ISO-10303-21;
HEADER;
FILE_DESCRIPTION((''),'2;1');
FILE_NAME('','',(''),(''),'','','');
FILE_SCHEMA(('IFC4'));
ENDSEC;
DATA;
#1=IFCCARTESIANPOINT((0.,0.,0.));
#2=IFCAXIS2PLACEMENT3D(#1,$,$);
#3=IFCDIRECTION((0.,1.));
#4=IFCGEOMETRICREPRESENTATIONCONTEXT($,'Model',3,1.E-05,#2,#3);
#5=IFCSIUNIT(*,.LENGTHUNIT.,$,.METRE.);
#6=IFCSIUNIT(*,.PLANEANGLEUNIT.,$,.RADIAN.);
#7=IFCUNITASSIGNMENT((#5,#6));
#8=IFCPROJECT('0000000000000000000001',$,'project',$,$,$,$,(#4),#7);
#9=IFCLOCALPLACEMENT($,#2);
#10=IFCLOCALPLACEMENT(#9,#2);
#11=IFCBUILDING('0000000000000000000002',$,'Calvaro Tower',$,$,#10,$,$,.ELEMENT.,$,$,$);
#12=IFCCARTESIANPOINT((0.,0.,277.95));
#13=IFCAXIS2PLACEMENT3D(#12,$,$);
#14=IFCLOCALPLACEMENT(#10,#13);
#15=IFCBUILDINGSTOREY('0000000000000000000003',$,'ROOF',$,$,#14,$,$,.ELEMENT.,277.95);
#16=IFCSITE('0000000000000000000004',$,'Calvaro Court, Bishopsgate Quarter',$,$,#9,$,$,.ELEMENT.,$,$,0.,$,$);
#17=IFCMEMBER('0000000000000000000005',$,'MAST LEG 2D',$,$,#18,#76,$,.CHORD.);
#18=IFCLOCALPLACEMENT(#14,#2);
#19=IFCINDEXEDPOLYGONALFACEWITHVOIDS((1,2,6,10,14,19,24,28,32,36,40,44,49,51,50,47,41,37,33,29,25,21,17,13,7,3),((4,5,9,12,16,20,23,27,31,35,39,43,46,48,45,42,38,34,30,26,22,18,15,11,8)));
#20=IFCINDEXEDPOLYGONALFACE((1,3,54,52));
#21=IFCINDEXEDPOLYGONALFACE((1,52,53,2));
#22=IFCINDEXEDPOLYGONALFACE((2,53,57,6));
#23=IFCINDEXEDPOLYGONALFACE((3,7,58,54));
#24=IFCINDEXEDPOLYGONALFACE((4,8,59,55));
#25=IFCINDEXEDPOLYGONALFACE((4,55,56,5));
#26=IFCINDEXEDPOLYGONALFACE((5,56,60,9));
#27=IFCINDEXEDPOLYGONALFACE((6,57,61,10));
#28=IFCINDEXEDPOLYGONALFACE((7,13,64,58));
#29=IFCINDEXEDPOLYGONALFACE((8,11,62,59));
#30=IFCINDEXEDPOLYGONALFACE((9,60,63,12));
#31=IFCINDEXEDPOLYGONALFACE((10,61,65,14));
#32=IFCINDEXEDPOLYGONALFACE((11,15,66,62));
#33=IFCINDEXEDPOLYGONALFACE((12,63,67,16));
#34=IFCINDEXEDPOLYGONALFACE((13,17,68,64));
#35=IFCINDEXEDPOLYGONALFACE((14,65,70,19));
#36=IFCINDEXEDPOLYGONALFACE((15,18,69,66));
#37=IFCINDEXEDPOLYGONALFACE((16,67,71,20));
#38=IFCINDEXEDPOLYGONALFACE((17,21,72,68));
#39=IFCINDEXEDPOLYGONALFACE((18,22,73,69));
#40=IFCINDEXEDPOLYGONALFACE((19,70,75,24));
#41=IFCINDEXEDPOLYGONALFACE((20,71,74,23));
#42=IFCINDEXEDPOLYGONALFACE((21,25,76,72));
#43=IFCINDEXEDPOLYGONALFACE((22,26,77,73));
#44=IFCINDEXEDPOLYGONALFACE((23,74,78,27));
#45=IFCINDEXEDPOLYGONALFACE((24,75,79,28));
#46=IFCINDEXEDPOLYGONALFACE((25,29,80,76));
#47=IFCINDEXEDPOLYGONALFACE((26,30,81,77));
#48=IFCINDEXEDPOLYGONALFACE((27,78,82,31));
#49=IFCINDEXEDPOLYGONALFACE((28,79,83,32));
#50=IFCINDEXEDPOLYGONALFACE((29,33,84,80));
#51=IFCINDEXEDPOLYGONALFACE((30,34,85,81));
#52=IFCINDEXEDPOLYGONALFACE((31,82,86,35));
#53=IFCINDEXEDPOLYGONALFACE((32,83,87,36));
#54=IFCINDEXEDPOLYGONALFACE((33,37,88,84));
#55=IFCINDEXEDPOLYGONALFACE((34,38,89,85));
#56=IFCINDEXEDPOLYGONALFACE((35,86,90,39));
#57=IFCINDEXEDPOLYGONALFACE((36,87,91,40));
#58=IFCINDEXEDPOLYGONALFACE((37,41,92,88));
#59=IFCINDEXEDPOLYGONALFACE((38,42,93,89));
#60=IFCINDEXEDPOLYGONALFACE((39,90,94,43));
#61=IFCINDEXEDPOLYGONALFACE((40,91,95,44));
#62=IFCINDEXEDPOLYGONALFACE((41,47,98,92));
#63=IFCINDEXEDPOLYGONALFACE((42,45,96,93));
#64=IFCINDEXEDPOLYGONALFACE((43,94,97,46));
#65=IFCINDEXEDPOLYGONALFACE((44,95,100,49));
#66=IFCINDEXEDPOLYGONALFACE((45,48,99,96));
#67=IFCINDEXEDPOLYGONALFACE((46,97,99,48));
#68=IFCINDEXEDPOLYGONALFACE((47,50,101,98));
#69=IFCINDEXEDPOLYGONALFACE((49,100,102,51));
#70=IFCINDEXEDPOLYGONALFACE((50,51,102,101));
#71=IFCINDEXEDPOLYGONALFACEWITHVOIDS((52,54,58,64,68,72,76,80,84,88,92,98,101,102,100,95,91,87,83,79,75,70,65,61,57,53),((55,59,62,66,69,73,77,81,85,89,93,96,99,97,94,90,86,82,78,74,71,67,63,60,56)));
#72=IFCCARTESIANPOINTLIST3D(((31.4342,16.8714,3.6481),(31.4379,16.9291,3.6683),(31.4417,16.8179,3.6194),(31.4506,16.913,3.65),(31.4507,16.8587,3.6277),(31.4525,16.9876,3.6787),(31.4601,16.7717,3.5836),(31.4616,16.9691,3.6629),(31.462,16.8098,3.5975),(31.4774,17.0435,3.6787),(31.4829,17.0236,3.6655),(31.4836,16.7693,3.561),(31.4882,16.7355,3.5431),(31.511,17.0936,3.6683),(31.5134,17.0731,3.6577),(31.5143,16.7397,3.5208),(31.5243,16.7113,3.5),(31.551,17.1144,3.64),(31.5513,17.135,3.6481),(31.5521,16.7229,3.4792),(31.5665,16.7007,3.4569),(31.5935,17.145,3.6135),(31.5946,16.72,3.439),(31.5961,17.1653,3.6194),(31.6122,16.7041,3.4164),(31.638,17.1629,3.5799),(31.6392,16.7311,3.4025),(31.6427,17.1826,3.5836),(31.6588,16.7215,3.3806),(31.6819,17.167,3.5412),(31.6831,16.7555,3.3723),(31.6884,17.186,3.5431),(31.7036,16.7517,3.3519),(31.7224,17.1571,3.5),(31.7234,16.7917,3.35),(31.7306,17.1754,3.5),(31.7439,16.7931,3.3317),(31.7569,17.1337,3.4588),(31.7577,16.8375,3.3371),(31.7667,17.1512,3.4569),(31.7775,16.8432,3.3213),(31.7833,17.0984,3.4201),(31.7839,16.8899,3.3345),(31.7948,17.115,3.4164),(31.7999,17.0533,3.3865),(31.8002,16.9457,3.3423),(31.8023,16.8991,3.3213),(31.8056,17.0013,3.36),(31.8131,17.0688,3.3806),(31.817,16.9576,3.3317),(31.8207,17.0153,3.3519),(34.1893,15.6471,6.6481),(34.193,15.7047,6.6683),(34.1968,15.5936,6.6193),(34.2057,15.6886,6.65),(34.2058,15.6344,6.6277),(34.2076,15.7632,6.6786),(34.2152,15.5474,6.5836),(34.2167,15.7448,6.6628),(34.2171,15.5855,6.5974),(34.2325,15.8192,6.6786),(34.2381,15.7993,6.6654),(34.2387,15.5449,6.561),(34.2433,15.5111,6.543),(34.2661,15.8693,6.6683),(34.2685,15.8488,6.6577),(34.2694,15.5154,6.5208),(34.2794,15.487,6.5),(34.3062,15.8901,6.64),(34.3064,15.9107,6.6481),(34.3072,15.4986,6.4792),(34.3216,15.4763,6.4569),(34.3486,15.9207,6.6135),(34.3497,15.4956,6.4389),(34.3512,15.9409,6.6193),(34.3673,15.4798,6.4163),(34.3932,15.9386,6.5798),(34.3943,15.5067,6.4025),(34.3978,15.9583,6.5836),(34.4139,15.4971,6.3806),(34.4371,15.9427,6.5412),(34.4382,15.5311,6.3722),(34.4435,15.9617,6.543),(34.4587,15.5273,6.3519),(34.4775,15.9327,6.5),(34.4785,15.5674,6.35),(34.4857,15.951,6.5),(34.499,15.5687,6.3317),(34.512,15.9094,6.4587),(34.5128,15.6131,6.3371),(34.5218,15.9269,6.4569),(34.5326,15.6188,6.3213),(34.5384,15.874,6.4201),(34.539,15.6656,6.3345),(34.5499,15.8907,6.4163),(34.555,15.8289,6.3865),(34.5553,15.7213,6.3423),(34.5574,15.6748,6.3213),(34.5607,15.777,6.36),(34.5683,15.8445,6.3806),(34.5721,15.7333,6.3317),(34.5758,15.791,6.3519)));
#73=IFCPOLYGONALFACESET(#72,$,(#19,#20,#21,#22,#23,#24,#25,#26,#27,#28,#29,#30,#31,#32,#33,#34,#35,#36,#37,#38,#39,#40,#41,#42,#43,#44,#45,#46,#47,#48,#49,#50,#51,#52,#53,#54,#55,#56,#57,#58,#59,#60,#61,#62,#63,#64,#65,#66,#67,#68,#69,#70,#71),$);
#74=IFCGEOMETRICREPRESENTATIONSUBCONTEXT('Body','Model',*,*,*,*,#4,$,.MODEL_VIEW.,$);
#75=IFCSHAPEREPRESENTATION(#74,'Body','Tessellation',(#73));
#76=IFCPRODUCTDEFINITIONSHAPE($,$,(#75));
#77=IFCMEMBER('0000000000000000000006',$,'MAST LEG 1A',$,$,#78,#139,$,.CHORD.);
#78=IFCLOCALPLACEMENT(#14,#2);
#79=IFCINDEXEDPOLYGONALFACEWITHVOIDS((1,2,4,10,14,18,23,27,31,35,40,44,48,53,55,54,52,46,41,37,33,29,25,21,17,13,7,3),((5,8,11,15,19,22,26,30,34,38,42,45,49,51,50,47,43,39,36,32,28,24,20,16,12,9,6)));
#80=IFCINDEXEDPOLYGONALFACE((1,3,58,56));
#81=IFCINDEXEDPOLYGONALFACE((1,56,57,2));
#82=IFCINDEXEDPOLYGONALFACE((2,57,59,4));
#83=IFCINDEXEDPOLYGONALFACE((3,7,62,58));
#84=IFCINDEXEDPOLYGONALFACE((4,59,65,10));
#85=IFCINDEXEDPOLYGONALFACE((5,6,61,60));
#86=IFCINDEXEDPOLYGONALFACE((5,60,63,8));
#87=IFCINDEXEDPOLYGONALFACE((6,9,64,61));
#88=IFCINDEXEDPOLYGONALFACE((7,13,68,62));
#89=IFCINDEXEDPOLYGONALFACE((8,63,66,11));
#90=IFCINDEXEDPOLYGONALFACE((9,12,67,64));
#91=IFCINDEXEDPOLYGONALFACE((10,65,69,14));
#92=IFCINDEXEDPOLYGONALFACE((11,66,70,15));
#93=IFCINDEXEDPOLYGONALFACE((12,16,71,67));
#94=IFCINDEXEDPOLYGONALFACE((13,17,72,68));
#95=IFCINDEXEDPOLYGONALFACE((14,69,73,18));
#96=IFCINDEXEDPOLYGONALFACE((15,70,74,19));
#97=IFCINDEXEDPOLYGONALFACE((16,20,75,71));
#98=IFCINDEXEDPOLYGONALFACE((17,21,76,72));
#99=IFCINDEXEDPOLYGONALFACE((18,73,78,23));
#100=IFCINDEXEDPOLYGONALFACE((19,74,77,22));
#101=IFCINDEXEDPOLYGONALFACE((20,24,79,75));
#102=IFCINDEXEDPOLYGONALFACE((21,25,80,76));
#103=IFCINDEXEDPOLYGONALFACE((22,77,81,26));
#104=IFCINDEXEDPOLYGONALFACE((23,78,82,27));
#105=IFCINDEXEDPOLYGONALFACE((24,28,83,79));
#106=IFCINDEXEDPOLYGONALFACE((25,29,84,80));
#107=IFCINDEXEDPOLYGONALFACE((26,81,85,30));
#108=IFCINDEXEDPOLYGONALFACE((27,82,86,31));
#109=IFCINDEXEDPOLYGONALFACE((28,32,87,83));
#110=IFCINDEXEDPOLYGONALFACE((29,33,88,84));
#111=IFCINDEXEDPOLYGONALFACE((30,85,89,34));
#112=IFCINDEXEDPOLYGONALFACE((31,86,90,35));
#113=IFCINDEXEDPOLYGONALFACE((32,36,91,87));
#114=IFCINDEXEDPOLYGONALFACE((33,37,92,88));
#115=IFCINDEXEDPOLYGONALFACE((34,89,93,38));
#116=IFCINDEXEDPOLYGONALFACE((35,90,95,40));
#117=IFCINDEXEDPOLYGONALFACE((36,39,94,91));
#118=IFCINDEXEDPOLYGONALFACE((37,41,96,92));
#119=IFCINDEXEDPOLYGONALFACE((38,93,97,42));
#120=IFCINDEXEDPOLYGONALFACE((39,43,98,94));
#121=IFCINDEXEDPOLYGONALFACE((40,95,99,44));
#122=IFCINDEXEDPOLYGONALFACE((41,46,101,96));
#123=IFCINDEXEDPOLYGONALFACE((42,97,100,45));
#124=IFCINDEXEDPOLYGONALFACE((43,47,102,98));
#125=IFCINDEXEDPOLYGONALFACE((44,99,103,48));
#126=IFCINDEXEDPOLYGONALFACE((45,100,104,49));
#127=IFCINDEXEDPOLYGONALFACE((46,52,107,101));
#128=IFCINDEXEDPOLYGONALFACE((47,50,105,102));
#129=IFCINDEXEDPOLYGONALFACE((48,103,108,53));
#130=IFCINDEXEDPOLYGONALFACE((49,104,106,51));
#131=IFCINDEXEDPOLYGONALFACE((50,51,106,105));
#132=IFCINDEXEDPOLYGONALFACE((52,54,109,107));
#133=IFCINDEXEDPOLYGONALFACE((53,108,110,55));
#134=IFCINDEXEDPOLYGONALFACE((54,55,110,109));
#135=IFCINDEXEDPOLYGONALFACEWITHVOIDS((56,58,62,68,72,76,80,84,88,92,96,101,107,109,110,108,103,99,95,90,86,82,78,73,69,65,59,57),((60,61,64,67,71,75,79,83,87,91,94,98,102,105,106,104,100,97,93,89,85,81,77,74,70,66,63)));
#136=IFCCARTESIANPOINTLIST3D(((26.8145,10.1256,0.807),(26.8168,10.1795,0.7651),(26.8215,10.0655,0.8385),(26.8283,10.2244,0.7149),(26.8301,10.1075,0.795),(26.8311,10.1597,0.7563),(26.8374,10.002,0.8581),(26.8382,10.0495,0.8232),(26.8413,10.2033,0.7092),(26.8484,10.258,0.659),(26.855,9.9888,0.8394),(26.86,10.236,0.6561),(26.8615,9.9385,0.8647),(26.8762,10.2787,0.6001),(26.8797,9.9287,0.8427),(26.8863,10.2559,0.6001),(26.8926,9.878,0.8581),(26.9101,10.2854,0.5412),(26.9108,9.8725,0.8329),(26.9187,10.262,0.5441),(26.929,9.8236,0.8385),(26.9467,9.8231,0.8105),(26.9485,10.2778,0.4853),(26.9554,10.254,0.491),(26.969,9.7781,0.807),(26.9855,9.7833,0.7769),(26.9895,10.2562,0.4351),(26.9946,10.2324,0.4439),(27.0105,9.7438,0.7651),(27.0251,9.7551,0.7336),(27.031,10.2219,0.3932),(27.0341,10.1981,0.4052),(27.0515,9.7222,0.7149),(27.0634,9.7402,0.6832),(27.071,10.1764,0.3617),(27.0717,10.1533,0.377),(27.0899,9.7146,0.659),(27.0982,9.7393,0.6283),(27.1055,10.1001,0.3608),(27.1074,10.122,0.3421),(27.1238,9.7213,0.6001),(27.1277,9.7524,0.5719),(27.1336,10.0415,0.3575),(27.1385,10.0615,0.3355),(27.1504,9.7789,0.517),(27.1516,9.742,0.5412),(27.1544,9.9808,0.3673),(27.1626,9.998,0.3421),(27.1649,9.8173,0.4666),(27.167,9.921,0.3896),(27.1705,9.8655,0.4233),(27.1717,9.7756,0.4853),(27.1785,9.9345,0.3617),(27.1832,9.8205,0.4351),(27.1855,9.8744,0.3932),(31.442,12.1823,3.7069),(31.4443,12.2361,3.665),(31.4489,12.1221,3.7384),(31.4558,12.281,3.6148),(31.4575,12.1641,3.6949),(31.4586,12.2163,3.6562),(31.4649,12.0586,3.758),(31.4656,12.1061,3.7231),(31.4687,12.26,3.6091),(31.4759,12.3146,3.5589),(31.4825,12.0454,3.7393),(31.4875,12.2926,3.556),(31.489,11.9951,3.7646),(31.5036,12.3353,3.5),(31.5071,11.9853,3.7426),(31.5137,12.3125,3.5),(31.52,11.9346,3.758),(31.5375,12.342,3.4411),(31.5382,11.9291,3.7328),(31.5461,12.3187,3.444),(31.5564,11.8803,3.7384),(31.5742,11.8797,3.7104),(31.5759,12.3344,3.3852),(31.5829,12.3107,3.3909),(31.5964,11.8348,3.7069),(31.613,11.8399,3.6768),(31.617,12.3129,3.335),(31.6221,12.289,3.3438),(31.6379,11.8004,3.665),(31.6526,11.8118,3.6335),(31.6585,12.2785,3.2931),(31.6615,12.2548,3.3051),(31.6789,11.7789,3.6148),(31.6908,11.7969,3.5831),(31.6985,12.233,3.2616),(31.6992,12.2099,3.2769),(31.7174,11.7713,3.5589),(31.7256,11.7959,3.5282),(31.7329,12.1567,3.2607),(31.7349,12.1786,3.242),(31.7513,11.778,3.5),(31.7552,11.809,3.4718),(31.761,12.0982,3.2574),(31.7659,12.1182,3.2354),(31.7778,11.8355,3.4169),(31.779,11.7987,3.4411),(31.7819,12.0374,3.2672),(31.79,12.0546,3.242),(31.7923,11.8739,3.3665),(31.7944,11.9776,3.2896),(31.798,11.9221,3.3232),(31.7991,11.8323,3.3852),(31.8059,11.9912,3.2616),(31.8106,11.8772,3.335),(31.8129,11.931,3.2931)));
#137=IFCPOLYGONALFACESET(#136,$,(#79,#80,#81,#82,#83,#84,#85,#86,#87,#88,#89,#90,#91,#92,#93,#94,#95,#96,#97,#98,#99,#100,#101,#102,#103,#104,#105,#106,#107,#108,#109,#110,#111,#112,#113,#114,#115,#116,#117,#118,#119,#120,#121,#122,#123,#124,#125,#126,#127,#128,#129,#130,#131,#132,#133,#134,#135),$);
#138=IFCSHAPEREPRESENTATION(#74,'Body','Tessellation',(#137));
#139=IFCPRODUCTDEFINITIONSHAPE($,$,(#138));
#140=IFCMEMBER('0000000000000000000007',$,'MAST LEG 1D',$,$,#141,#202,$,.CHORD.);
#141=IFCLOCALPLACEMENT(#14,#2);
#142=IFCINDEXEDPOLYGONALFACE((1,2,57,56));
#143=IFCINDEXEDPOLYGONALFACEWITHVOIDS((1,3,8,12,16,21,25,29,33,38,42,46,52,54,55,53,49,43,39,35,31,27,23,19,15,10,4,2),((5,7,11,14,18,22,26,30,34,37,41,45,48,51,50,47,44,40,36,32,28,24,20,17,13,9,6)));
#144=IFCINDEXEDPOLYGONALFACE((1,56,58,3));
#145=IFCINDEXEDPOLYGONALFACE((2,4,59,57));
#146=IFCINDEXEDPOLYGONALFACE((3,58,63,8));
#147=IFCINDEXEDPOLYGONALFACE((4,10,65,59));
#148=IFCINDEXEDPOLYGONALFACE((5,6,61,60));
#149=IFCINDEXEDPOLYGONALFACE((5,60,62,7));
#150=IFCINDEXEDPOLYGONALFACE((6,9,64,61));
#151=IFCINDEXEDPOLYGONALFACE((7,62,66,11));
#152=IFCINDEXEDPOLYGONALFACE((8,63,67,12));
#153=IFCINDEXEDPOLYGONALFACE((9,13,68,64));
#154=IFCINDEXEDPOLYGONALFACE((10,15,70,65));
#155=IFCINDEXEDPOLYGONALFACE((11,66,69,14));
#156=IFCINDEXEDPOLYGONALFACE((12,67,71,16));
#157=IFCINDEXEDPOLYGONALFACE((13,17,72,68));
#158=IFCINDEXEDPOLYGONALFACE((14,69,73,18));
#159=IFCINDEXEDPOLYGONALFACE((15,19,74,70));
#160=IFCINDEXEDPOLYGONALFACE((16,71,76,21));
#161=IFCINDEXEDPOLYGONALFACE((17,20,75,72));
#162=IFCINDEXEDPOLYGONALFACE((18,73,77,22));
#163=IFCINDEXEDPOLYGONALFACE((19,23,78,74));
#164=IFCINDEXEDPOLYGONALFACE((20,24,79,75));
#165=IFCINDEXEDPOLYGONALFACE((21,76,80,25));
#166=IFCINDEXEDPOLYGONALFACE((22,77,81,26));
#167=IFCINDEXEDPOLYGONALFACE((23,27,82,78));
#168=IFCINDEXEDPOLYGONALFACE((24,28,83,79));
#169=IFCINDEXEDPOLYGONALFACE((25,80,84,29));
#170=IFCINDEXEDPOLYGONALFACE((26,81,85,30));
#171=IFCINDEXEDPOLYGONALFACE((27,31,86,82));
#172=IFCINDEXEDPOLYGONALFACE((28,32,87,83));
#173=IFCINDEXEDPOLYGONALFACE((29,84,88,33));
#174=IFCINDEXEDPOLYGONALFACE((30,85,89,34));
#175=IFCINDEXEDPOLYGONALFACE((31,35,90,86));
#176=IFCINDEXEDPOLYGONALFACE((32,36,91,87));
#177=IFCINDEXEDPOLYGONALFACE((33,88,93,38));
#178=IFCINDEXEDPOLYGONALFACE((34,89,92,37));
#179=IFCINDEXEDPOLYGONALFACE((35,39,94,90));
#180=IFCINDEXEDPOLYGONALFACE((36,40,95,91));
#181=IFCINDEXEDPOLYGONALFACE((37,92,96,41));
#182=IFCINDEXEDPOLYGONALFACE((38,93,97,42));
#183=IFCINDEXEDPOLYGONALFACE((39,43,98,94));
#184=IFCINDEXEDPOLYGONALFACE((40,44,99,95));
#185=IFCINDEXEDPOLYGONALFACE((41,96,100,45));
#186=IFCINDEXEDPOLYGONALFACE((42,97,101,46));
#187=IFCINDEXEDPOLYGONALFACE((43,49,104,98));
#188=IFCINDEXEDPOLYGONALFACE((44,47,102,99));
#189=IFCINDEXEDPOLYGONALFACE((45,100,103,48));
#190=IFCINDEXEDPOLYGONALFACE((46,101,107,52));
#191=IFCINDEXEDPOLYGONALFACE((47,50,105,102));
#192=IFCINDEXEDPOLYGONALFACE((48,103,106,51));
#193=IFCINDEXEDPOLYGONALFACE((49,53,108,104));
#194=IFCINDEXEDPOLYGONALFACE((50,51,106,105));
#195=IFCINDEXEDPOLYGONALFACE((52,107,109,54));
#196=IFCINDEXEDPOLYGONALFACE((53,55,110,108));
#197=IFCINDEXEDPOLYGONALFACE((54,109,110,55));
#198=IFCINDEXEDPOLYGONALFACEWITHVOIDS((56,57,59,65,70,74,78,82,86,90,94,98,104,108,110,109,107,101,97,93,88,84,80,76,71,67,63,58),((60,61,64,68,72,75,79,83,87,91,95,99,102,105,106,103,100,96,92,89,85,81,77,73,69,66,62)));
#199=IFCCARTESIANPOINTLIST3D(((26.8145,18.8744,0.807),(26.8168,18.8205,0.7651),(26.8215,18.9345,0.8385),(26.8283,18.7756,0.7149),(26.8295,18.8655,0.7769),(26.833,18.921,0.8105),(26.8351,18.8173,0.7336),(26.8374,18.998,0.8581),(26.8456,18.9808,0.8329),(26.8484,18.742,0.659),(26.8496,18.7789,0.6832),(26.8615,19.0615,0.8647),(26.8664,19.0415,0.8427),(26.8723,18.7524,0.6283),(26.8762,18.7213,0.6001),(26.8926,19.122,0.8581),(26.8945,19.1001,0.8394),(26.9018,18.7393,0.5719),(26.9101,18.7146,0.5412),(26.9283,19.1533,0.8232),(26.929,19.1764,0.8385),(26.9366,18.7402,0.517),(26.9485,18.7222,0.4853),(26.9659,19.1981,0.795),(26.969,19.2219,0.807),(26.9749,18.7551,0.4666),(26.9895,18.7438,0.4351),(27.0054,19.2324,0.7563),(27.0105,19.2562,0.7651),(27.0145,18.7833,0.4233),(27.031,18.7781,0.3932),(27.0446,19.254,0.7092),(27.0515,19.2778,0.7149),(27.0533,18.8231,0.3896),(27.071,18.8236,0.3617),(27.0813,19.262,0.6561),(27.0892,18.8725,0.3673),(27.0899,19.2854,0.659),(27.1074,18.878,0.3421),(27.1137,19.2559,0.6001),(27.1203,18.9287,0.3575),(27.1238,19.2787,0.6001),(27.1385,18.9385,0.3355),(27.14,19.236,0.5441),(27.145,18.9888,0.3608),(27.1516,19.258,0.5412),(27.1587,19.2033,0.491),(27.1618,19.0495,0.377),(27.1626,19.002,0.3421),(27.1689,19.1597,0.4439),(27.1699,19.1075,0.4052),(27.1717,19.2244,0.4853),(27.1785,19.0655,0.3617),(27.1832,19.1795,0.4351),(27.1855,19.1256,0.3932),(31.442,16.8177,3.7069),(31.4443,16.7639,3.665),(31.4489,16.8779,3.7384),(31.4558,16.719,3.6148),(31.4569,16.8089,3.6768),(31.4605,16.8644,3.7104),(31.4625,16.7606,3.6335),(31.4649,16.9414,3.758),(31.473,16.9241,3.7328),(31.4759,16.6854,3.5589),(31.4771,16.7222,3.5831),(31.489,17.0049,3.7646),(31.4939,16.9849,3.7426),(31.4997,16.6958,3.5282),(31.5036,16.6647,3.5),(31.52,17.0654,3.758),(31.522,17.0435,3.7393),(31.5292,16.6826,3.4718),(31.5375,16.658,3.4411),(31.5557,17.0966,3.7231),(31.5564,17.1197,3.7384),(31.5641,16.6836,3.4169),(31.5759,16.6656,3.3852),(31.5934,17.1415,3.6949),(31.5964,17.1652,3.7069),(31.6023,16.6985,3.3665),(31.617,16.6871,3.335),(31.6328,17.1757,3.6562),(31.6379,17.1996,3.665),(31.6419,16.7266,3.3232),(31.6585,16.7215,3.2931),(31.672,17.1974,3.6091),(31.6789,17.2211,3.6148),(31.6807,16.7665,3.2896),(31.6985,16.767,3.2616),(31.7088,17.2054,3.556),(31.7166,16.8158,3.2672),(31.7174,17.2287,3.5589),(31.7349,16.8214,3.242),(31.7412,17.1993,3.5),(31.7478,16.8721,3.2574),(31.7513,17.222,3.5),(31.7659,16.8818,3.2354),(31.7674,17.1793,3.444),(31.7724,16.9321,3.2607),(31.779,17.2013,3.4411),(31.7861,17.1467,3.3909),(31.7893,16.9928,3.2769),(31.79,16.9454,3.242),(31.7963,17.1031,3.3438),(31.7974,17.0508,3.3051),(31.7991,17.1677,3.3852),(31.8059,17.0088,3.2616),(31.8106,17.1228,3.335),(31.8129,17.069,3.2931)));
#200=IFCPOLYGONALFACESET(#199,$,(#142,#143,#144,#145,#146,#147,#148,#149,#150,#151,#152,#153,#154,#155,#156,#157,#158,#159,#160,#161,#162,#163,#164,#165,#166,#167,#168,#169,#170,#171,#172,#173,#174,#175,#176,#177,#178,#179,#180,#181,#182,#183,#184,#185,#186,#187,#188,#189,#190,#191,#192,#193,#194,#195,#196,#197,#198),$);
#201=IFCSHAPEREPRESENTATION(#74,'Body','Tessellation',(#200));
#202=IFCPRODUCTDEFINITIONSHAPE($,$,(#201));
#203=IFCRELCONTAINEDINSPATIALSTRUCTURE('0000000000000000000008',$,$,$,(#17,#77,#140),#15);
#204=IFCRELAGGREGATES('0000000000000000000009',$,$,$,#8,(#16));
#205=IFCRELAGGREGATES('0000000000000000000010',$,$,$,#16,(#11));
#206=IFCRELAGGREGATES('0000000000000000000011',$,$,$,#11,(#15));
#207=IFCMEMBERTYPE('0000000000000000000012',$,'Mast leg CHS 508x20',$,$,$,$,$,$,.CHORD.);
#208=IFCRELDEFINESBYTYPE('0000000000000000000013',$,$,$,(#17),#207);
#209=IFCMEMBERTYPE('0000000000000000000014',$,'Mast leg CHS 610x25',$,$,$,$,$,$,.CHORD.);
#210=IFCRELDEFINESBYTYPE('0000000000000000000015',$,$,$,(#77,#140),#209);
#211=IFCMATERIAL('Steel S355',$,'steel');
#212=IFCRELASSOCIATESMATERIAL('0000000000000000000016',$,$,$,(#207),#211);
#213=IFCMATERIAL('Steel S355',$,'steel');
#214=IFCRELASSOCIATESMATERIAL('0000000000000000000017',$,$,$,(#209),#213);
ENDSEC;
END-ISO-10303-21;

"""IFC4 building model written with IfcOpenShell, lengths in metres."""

from ifc_helpers import new_model, si_unit, direction, frame, origin, origin_2d, place, context, subcontext, project, spatial, hollow_circle, extrude, material, material_profile, profile_set, type_object, element, save


model = new_model("IFC4")

# Units and contexts
model_context = context("Model", 3, precision=1e-05, world=origin(), true_north=direction((0.0, 1.0)))
body_context = subcontext(model_context, "Body", "Model", "MODEL_VIEW")
ifc_project = project(units=[si_unit("LENGTHUNIT", "METRE"), si_unit("PLANEANGLEUNIT", "RADIAN")], contexts=[model_context])

# Site, building, storey
site_placement = place(None, origin())
site = spatial("IfcSite", under=ifc_project, at=site_placement, Name="Calvaro Court, Bishopsgate Quarter", CompositionType="ELEMENT", RefElevation=0.0)
building_placement = place(site_placement, origin())
building = spatial("IfcBuilding", under=site, at=building_placement, Name="Calvaro Tower", CompositionType="ELEMENT")
storey_placement = place(building_placement, frame((0.0, 0.0, 277.95)))
storey = spatial("IfcBuildingStorey", under=building, at=storey_placement, Name="ROOF", CompositionType="ELEMENT", Elevation=277.95)

# Members
ifc_material_1 = material(Name="Steel S355", Category="steel")
ifc_material_profile_1 = material_profile(ifc_material_1, hollow_circle(Radius=0.2539, WallThickness=0.02, at=origin_2d()), Name="CHS 508x20")
ifc_profile_set_1 = profile_set([ifc_material_profile_1], Name="Steel S355")
member_type_1 = type_object("IfcMemberType", Name="Mast leg CHS 508x20", PredefinedType="CHORD", material=ifc_profile_set_1)
for number, where, z_axis, x_axis, name in (
    (1, (31.6274, 16.9434, 3.5), (0.647776, -0.287869, 0.70535), (0.406101, 0.913828, 0.0), "MAST LEG 2D"),
):
    element("IfcMember", number, at=place(storey_placement, frame(where, z_axis=z_axis, x_axis=x_axis)), inside=storey, type_object=member_type_1, Name=name, PredefinedType="CHORD", context=body_context, shape_type="SweptSolid", body=[
        extrude(hollow_circle(Radius=0.2539, WallThickness=0.02, at=origin_2d()), origin(), (0.0, 0.0, 1.0), 4.2532),
    ])
ifc_material_2 = material(Name="Steel S355", Category="steel")
ifc_material_profile_2 = material_profile(ifc_material_2, hollow_circle(Radius=0.3049, WallThickness=0.0249, at=origin_2d()), Name="CHS 610x25")
ifc_profile_set_2 = profile_set([ifc_material_profile_2], Name="Steel S355")
member_type_2 = type_object("IfcMemberType", Name="Mast leg CHS 610x25", PredefinedType="CHORD", material=ifc_profile_set_2)
for number, where, z_axis, x_axis, name in (
    (2, (27.0, 10.0, 0.6001), (0.792989, 0.352439, 0.496946), (-0.406138, 0.913812, 0.0), "MAST LEG 1A"),
    (3, (27.0, 19.0, 0.6001), (0.792989, -0.352439, 0.496946), (0.406138, 0.913812, 0.0), "MAST LEG 1D"),
):
    element("IfcMember", number, at=place(storey_placement, frame(where, z_axis=z_axis, x_axis=x_axis)), inside=storey, type_object=member_type_2, Name=name, PredefinedType="CHORD", context=body_context, shape_type="SweptSolid", body=[
        extrude(hollow_circle(Radius=0.3049, WallThickness=0.0249, at=origin_2d()), origin(), (0.0, 0.0, 1.0), 5.8354),
    ])

save(model, "model.ifc")
